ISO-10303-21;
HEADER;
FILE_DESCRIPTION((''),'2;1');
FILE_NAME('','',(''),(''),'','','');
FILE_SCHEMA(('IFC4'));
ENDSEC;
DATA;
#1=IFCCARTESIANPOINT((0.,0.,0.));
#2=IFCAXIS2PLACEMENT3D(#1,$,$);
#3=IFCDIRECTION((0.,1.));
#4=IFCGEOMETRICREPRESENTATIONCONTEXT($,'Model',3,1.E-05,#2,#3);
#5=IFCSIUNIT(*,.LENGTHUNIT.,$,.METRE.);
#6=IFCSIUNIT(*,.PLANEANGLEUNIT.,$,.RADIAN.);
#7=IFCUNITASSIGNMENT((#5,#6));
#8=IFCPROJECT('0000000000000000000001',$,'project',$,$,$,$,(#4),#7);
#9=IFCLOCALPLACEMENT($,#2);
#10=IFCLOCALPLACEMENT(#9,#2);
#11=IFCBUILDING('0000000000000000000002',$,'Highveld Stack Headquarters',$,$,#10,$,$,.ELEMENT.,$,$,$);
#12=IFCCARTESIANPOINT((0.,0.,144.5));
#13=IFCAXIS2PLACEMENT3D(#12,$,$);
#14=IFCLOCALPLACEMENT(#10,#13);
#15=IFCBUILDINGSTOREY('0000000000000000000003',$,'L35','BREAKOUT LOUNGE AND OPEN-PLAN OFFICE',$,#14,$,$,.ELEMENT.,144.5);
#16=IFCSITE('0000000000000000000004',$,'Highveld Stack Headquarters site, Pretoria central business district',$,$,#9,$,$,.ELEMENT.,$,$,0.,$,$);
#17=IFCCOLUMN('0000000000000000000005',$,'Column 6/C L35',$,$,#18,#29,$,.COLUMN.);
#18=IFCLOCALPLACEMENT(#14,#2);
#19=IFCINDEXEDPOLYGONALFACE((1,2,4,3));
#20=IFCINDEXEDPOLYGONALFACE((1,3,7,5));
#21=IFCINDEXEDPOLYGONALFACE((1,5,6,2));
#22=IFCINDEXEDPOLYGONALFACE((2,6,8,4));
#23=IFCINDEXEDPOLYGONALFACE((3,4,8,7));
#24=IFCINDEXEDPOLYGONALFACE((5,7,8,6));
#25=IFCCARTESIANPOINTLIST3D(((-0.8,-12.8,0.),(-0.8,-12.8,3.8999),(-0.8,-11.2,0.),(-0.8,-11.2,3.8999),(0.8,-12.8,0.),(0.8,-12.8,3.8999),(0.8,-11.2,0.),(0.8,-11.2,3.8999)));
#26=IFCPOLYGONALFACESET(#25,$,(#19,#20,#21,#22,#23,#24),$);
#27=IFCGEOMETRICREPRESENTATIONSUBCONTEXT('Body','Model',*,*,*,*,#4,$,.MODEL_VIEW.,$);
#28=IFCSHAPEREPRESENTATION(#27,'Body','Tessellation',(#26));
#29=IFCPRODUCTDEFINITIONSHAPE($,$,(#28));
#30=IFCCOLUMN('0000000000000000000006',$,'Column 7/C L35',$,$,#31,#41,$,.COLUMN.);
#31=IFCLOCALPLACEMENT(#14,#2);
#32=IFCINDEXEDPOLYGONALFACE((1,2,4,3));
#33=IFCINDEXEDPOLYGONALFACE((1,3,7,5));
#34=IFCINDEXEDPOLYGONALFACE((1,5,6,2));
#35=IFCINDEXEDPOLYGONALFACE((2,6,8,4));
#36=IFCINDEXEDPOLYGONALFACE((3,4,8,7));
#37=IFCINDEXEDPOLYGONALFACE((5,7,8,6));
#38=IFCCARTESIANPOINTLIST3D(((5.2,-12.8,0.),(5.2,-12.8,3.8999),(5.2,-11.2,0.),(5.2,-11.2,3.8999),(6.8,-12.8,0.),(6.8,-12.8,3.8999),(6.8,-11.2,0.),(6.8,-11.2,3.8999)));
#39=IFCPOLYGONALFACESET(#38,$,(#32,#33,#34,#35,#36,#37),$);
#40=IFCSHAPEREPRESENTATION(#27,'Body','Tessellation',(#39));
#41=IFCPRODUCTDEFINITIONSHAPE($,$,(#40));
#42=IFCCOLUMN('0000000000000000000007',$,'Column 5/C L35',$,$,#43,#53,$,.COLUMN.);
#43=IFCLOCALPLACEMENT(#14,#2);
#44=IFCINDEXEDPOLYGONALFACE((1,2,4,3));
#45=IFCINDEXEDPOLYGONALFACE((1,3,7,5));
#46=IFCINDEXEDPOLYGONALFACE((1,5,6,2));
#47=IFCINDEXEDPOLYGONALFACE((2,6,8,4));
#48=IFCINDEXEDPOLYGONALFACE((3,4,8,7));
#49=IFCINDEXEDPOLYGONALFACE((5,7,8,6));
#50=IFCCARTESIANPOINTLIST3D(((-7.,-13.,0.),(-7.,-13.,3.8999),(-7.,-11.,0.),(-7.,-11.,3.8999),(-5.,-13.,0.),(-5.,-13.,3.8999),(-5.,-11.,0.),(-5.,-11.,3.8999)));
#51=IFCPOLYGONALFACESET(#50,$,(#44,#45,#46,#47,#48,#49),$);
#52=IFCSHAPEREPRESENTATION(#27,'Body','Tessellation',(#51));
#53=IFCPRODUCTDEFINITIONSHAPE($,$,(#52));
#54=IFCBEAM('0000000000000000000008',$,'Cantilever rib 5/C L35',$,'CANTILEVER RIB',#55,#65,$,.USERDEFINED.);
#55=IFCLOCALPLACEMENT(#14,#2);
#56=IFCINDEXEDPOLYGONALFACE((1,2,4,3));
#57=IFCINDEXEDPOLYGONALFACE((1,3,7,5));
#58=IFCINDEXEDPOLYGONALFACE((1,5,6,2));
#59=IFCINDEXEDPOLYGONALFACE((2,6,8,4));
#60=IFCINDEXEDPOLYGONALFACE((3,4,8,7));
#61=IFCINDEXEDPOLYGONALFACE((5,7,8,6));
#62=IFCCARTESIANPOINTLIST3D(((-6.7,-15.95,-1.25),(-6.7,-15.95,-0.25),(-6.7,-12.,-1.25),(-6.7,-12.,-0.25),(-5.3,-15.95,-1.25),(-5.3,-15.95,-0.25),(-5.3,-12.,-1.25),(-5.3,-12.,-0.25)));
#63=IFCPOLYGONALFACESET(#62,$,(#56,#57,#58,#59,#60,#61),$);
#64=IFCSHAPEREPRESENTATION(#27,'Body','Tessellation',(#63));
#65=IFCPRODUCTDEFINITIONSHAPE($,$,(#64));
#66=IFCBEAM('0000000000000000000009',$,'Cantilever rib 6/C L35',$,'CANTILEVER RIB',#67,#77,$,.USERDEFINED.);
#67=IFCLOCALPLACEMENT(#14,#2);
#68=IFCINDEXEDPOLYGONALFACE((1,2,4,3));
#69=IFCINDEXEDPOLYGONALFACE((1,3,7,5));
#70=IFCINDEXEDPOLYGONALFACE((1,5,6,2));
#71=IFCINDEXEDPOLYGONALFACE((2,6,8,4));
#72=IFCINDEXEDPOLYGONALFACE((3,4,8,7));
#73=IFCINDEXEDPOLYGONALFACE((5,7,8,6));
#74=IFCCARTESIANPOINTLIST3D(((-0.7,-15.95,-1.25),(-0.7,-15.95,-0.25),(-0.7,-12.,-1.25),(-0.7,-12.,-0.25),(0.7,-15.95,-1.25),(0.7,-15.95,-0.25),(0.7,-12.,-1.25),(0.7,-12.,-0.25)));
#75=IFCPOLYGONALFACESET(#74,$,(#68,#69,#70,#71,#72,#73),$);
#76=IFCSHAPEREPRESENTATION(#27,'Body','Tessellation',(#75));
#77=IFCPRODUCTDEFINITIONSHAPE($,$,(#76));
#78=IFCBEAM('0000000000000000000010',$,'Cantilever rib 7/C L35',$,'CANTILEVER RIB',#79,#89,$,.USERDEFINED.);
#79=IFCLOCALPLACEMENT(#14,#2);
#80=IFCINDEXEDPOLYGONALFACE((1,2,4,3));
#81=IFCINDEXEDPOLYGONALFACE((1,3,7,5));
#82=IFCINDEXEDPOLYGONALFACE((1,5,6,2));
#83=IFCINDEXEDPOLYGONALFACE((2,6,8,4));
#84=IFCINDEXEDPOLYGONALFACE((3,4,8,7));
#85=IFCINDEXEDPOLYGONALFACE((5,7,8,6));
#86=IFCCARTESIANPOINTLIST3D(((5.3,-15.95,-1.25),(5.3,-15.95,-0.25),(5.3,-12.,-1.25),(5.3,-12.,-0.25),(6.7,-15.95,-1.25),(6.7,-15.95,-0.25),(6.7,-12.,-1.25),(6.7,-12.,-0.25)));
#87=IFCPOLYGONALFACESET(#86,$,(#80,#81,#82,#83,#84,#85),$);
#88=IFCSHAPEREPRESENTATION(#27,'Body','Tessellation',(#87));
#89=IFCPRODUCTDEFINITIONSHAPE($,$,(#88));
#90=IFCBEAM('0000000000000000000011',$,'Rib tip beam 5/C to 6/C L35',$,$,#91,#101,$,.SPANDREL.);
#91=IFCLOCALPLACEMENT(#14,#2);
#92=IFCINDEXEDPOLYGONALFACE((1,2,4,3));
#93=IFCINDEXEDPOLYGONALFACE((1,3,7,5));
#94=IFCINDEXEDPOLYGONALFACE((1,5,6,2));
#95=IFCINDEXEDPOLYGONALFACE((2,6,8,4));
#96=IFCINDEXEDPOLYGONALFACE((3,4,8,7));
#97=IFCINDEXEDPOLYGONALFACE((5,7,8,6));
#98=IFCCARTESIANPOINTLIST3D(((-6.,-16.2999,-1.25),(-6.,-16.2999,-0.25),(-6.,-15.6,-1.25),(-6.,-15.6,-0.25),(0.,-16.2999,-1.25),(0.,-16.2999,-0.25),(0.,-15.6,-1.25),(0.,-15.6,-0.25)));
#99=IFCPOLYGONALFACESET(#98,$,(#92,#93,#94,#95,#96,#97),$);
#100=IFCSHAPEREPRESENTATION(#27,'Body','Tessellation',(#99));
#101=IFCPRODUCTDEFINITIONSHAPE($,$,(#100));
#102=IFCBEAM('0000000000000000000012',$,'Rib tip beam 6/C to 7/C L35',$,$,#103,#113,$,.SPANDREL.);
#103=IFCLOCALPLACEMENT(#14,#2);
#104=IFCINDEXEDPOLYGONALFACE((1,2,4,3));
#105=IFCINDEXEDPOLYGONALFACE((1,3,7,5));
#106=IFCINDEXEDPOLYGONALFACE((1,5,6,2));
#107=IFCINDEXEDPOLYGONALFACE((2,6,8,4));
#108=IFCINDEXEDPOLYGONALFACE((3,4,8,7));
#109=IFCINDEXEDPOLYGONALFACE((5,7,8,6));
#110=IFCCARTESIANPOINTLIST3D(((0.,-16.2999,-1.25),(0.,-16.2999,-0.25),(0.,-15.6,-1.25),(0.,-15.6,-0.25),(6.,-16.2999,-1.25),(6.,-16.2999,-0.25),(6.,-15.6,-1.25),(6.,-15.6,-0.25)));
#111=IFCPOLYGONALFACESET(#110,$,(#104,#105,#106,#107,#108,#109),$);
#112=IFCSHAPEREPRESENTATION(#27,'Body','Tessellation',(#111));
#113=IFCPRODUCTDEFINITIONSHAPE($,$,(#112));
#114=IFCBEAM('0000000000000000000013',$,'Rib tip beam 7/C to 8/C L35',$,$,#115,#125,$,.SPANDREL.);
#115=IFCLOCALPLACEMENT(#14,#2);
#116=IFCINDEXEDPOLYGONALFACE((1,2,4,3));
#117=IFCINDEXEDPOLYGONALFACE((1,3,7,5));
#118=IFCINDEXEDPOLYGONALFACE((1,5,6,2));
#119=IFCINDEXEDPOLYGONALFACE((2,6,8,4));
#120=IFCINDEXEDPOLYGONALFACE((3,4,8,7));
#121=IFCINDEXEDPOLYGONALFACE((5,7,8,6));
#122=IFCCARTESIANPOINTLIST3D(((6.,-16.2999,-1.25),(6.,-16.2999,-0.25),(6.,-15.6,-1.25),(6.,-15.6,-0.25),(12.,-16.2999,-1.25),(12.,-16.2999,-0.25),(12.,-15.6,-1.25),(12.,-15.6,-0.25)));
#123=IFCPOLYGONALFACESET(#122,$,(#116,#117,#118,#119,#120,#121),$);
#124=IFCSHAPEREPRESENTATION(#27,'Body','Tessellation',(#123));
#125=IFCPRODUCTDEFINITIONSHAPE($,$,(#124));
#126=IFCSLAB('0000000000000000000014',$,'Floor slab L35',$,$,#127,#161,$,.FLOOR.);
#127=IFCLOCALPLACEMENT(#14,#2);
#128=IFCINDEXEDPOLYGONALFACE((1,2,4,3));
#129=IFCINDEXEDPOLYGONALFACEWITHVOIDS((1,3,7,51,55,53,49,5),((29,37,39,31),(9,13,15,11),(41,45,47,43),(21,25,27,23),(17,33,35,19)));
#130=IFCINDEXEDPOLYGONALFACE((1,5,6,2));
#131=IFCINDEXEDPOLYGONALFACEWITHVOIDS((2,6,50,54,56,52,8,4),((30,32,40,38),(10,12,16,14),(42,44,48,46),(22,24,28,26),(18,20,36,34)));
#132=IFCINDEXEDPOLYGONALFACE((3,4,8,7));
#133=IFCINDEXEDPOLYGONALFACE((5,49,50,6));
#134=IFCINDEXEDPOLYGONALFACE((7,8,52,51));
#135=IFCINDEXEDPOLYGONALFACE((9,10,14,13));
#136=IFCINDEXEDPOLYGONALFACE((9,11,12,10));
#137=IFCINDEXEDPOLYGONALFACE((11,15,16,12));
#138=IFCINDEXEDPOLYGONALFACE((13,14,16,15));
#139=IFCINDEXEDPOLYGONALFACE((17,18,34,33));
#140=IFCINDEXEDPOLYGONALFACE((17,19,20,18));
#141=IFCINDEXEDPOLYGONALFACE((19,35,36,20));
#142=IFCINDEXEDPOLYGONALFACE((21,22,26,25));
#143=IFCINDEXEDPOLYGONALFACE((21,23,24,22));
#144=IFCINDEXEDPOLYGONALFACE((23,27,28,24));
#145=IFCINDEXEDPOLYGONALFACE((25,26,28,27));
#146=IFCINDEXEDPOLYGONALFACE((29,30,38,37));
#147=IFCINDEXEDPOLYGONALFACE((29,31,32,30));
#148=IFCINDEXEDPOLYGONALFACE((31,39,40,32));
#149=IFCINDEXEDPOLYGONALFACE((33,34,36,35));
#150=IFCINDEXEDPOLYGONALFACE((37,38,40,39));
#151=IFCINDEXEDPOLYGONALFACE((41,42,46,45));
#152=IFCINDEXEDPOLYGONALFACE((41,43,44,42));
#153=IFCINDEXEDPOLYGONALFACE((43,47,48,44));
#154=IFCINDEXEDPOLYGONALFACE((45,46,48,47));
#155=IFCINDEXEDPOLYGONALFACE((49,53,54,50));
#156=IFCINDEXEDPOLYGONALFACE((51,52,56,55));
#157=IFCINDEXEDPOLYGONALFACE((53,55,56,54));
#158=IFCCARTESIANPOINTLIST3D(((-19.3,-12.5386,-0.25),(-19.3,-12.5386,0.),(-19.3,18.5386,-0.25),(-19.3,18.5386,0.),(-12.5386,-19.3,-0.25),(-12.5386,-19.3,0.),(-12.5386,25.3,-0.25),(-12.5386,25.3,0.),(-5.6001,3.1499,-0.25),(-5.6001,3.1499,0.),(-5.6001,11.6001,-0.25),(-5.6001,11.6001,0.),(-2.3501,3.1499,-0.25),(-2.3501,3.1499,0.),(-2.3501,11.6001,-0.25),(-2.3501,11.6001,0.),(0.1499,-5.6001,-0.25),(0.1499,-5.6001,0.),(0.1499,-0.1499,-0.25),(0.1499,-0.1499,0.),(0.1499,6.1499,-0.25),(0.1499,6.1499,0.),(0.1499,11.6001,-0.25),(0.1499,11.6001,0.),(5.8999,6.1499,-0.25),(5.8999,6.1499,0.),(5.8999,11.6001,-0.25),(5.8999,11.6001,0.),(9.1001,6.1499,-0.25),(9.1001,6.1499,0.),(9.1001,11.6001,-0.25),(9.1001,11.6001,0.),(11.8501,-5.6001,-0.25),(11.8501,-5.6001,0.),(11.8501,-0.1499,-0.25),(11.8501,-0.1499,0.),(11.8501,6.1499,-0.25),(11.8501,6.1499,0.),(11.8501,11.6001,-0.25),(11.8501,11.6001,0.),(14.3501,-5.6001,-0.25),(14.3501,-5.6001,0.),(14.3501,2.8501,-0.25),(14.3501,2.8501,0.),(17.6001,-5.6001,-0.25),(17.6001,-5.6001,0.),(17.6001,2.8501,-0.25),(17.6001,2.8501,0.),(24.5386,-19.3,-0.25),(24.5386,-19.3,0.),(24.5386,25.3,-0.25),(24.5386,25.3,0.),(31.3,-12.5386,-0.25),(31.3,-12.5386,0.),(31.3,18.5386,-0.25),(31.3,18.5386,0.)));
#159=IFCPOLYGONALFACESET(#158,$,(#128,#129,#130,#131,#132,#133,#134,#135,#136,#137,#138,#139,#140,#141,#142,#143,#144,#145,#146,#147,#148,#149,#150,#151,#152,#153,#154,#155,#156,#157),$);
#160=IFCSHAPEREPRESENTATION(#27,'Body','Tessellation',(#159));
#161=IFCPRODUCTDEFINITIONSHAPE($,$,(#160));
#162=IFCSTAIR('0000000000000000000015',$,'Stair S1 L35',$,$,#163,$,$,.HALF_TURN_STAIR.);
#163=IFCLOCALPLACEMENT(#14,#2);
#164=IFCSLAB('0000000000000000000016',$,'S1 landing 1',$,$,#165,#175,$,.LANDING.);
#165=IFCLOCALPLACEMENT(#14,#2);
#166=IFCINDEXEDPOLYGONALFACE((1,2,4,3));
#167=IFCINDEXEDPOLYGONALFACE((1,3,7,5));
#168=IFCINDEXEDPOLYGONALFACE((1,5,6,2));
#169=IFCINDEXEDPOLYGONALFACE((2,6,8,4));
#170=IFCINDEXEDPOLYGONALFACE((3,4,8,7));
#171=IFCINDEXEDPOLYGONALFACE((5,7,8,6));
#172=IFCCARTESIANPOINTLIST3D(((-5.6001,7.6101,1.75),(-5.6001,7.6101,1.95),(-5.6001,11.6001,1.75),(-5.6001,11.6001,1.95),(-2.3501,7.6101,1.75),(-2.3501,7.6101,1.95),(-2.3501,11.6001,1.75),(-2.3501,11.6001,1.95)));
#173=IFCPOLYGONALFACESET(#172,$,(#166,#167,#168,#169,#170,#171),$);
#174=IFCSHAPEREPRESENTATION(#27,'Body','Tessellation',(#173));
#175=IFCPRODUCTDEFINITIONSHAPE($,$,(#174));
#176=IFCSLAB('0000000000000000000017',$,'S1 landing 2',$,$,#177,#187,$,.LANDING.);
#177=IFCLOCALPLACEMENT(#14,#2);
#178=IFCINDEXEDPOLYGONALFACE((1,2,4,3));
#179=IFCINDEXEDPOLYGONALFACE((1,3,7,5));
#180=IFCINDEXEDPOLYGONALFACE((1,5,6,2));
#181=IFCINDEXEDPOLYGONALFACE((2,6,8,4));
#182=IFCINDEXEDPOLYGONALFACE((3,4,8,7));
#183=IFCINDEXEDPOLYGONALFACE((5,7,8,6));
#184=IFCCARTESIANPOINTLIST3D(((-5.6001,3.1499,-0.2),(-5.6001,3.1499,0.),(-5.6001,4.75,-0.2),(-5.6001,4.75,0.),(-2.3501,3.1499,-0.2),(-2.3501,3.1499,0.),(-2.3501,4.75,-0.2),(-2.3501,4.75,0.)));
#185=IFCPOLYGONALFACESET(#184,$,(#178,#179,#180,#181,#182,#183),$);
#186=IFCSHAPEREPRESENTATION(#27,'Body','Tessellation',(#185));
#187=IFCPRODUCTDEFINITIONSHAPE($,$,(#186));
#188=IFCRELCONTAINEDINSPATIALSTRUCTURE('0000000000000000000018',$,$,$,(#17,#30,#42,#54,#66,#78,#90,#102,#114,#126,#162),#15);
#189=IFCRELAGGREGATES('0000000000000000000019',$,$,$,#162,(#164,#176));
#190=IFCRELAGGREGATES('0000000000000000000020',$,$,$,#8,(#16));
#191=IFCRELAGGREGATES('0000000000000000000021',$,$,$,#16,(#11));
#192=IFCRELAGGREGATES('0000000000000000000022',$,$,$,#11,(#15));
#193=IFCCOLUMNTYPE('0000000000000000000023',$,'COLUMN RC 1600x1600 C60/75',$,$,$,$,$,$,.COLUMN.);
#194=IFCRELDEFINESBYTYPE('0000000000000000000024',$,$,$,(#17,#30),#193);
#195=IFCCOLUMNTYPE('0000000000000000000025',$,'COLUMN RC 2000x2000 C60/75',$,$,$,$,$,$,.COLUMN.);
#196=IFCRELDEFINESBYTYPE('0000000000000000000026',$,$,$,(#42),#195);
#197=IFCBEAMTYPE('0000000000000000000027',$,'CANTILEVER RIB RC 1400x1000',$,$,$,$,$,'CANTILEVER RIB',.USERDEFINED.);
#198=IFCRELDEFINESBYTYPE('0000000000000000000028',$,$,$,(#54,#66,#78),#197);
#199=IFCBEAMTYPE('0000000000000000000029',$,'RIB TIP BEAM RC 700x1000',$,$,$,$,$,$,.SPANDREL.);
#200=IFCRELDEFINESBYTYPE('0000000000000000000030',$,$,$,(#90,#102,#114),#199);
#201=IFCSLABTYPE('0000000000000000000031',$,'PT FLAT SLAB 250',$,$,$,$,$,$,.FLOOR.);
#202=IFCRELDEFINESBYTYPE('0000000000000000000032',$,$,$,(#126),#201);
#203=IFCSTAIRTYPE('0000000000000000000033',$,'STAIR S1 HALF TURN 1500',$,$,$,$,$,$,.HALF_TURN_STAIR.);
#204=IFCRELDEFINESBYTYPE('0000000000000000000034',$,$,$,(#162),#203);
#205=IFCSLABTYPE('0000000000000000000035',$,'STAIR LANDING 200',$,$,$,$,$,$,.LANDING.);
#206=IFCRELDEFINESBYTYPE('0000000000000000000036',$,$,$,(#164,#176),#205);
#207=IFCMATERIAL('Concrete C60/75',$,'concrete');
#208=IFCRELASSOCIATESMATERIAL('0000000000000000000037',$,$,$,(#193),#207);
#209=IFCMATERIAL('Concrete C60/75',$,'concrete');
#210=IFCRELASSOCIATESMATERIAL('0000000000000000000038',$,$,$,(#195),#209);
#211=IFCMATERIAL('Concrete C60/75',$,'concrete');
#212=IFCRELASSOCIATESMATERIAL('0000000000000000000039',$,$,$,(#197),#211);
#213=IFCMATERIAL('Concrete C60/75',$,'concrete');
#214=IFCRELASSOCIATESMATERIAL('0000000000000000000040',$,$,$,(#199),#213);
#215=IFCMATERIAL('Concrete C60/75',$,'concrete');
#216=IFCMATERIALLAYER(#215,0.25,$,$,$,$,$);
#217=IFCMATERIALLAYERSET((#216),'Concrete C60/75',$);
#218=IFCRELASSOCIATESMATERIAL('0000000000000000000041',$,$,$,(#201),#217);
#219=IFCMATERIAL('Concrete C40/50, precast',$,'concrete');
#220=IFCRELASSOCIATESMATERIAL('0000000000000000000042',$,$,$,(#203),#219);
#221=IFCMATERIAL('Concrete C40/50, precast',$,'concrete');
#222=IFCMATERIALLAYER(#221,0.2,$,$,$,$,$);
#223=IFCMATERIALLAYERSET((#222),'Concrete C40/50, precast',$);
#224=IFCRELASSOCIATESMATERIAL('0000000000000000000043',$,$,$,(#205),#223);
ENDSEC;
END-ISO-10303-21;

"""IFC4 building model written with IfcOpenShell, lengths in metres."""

from ifc_helpers import new_model, si_unit, direction, frame, origin, origin_2d, place, context, subcontext, project, spatial, polyline, rectangle, outline, extrude, material, layer, layer_set, material_profile, profile_set, type_object, element, aggregate, save


model = new_model("IFC4")

# Units and contexts
model_context = context("Model", 3, precision=1e-05, world=origin(), true_north=direction((0.0, 1.0)))
body_context = subcontext(model_context, "Body", "Model", "MODEL_VIEW")
ifc_project = project(units=[si_unit("LENGTHUNIT", "METRE"), si_unit("PLANEANGLEUNIT", "RADIAN")], contexts=[model_context])

# Site, building, storey
site_placement = place(None, origin())
site = spatial("IfcSite", under=ifc_project, at=site_placement, Name="Highveld Stack Headquarters site, Pretoria central business district", CompositionType="ELEMENT", RefElevation=0.0)
building_placement = place(site_placement, origin())
building = spatial("IfcBuilding", under=site, at=building_placement, Name="Highveld Stack Headquarters", CompositionType="ELEMENT")
storey_placement = place(building_placement, frame((0.0, 0.0, 144.5)))
storey = spatial("IfcBuildingStorey", under=building, at=storey_placement, Name="L35", Description="BREAKOUT LOUNGE AND OPEN-PLAN OFFICE", CompositionType="ELEMENT", Elevation=144.5)

# Columns
ifc_material_1 = material(Name="Concrete C60/75", Category="concrete")
ifc_material_profile_1 = material_profile(ifc_material_1, rectangle(XDim=1.6001, YDim=1.6001, at=origin_2d()), Name="RC 1600x1600")
ifc_profile_set_1 = profile_set([ifc_material_profile_1], Name="Concrete C60/75")
column_type_1 = type_object("IfcColumnType", Name="COLUMN RC 1600x1600 C60/75", PredefinedType="COLUMN", material=ifc_profile_set_1)
for number, where, z_axis, x_axis, name in (
    (1, (0.0, -12.0, 0.0), (0.0, 0.0, 1.0), (1.0, 0.0, 0.0), "Column 6/C L35"),
    (2, (6.0, -12.0, 0.0), (0.0, 0.0, 1.0), (1.0, 0.0, 0.0), "Column 7/C L35"),
):
    element("IfcColumn", number, at=place(storey_placement, frame(where, z_axis=z_axis, x_axis=x_axis)), inside=storey, type_object=column_type_1, Name=name, PredefinedType="COLUMN", context=body_context, shape_type="SweptSolid", body=[
        extrude(rectangle(XDim=1.6001, YDim=1.6001, at=origin_2d()), origin(), (0.0, 0.0, 1.0), 3.8999),
    ])
ifc_material_2 = material(Name="Concrete C60/75", Category="concrete")
ifc_material_profile_2 = material_profile(ifc_material_2, rectangle(XDim=2.0, YDim=2.0, at=origin_2d()), Name="RC 2000x2000")
ifc_profile_set_2 = profile_set([ifc_material_profile_2], Name="Concrete C60/75")
column_type_2 = type_object("IfcColumnType", Name="COLUMN RC 2000x2000 C60/75", PredefinedType="COLUMN", material=ifc_profile_set_2)
column_placement = place(storey_placement, frame((-6.0, -12.0, 0.0), z_axis=(0.0, 0.0, 1.0), x_axis=(1.0, 0.0, 0.0)))
element("IfcColumn", 3, at=column_placement, inside=storey, type_object=column_type_2, Name="Column 5/C L35", PredefinedType="COLUMN", context=body_context, shape_type="SweptSolid", body=[
    extrude(rectangle(XDim=2.0, YDim=2.0, at=origin_2d()), origin(), (0.0, 0.0, 1.0), 3.8999),
])

# Beams
ifc_material_3 = material(Name="Concrete C60/75", Category="concrete")
ifc_material_profile_3 = material_profile(ifc_material_3, rectangle(XDim=1.3999, YDim=1.0, at=origin_2d()), Name="RC 1400x1000")
ifc_profile_set_3 = profile_set([ifc_material_profile_3], Name="Concrete C60/75")
beam_type_1 = type_object("IfcBeamType", Name="CANTILEVER RIB RC 1400x1000", ElementType="CANTILEVER RIB", PredefinedType="USERDEFINED", material=ifc_profile_set_3)
for number, where, z_axis, x_axis, name in (
    (4, (-6.0, -12.0, -0.75), (0.0, -1.0, 0.0), (1.0, 0.0, 0.0), "Cantilever rib 5/C L35"),
    (5, (0.0, -12.0, -0.75), (0.0, -1.0, 0.0), (1.0, 0.0, 0.0), "Cantilever rib 6/C L35"),
    (6, (6.0, -12.0, -0.75), (0.0, -1.0, 0.0), (1.0, 0.0, 0.0), "Cantilever rib 7/C L35"),
):
    element("IfcBeam", number, at=place(storey_placement, frame(where, z_axis=z_axis, x_axis=x_axis)), inside=storey, type_object=beam_type_1, Name=name, ObjectType="CANTILEVER RIB", PredefinedType="USERDEFINED", context=body_context, shape_type="SweptSolid", body=[
        extrude(rectangle(XDim=1.3999, YDim=1.0, at=origin_2d()), origin(), (0.0, 0.0, 1.0), 3.95),
    ])
ifc_material_4 = material(Name="Concrete C60/75", Category="concrete")
ifc_material_profile_4 = material_profile(ifc_material_4, rectangle(XDim=0.7, YDim=1.0, at=origin_2d()), Name="RC 700x1000")
ifc_profile_set_4 = profile_set([ifc_material_profile_4], Name="Concrete C60/75")
beam_type_2 = type_object("IfcBeamType", Name="RIB TIP BEAM RC 700x1000", PredefinedType="SPANDREL", material=ifc_profile_set_4)
for number, where, z_axis, x_axis, name in (
    (7, (-6.0, -15.95, -0.75), (1.0, 0.0, 0.0), (0.0, 1.0, 0.0), "Rib tip beam 5/C to 6/C L35"),
    (8, (0.0, -15.95, -0.75), (1.0, 0.0, 0.0), (0.0, 1.0, 0.0), "Rib tip beam 6/C to 7/C L35"),
    (9, (6.0, -15.95, -0.75), (1.0, 0.0, 0.0), (0.0, 1.0, 0.0), "Rib tip beam 7/C to 8/C L35"),
):
    element("IfcBeam", number, at=place(storey_placement, frame(where, z_axis=z_axis, x_axis=x_axis)), inside=storey, type_object=beam_type_2, Name=name, PredefinedType="SPANDREL", context=body_context, shape_type="SweptSolid", body=[
        extrude(rectangle(XDim=0.7, YDim=1.0, at=origin_2d()), origin(), (0.0, 0.0, 1.0), 6.0),
    ])

# Slab
ifc_material_5 = material(Name="Concrete C60/75", Category="concrete")
ifc_layer_1 = layer(ifc_material_5, 0.25)
ifc_layer_set_1 = layer_set([ifc_layer_1], Name="Concrete C60/75")
slab_type_1 = type_object("IfcSlabType", Name="PT FLAT SLAB 250", PredefinedType="FLOOR", material=ifc_layer_set_1)
slab_1_placement = place(storey_placement, frame((0.0, 0.0, -0.25)))
element("IfcSlab", 10, at=slab_1_placement, inside=storey, type_object=slab_type_1, Name="Floor slab L35", PredefinedType="FLOOR", context=body_context, shape_type="SweptSolid", body=[
    extrude(outline(polyline([(-12.5386, -19.3), (24.5386, -19.3), (31.3, -12.5386), (31.3, 18.5386), (24.5386, 25.3), (-12.5386, 25.3), (-19.3, 18.5386), (-19.3, -12.5386), (-12.5386, -19.3)]), holes=[polyline([(0.1499, 6.1499), (5.8999, 6.1499), (5.8999, 11.6001), (0.1499, 11.6001), (0.1499, 6.1499)]), polyline([(9.1001, 6.1499), (11.8501, 6.1499), (11.8501, 11.6001), (9.1001, 11.6001), (9.1001, 6.1499)]), polyline([(0.1499, -5.6001), (11.8501, -5.6001), (11.8501, -0.1499), (0.1499, -0.1499), (0.1499, -5.6001)]), polyline([(-5.6001, 3.1499), (-2.3501, 3.1499), (-2.3501, 11.6001), (-5.6001, 11.6001), (-5.6001, 3.1499)]), polyline([(14.3501, -5.6001), (17.6001, -5.6001), (17.6001, 2.8501), (14.3501, 2.8501), (14.3501, -5.6001)])]), origin(), (0.0, 0.0, 1.0), 0.25),
])

# Stair, slabs
ifc_material_6 = material(Name="Concrete C40/50, precast", Category="concrete")
stair_type_1 = type_object("IfcStairType", Name="STAIR S1 HALF TURN 1500", PredefinedType="HALF_TURN_STAIR", material=ifc_material_6)
stair_1_placement = place(storey_placement, origin())
stair_1 = element("IfcStair", 11, at=stair_1_placement, inside=storey, type_object=stair_type_1, Name="Stair S1 L35", PredefinedType="HALF_TURN_STAIR")
ifc_material_7 = material(Name="Concrete C40/50, precast", Category="concrete")
ifc_layer_2 = layer(ifc_material_7, 0.2)
ifc_layer_set_2 = layer_set([ifc_layer_2], Name="Concrete C40/50, precast")
slab_type_2 = type_object("IfcSlabType", Name="STAIR LANDING 200", PredefinedType="LANDING", material=ifc_layer_set_2)
slab_2_placement = place(storey_placement, frame((0.0, 0.0, 1.75)))
slab_2 = element("IfcSlab", 12, at=slab_2_placement, type_object=slab_type_2, Name="S1 landing 1", PredefinedType="LANDING", context=body_context, shape_type="SweptSolid", body=[
    extrude(outline(polyline([(-5.6001, 7.6101), (-2.3501, 7.6101), (-2.3501, 11.6001), (-5.6001, 11.6001), (-5.6001, 7.6101)])), origin(), (0.0, 0.0, 1.0), 0.2),
])
slab_3_placement = place(storey_placement, frame((0.0, 0.0, -0.2)))
slab_3 = element("IfcSlab", 13, at=slab_3_placement, type_object=slab_type_2, Name="S1 landing 2", PredefinedType="LANDING", context=body_context, shape_type="SweptSolid", body=[
    extrude(outline(polyline([(-5.6001, 3.1499), (-2.3501, 3.1499), (-2.3501, 4.75), (-5.6001, 4.75), (-5.6001, 3.1499)])), origin(), (0.0, 0.0, 1.0), 0.2),
])
aggregate(stair_1, [slab_2, slab_3])

save(model, "model.ifc")
